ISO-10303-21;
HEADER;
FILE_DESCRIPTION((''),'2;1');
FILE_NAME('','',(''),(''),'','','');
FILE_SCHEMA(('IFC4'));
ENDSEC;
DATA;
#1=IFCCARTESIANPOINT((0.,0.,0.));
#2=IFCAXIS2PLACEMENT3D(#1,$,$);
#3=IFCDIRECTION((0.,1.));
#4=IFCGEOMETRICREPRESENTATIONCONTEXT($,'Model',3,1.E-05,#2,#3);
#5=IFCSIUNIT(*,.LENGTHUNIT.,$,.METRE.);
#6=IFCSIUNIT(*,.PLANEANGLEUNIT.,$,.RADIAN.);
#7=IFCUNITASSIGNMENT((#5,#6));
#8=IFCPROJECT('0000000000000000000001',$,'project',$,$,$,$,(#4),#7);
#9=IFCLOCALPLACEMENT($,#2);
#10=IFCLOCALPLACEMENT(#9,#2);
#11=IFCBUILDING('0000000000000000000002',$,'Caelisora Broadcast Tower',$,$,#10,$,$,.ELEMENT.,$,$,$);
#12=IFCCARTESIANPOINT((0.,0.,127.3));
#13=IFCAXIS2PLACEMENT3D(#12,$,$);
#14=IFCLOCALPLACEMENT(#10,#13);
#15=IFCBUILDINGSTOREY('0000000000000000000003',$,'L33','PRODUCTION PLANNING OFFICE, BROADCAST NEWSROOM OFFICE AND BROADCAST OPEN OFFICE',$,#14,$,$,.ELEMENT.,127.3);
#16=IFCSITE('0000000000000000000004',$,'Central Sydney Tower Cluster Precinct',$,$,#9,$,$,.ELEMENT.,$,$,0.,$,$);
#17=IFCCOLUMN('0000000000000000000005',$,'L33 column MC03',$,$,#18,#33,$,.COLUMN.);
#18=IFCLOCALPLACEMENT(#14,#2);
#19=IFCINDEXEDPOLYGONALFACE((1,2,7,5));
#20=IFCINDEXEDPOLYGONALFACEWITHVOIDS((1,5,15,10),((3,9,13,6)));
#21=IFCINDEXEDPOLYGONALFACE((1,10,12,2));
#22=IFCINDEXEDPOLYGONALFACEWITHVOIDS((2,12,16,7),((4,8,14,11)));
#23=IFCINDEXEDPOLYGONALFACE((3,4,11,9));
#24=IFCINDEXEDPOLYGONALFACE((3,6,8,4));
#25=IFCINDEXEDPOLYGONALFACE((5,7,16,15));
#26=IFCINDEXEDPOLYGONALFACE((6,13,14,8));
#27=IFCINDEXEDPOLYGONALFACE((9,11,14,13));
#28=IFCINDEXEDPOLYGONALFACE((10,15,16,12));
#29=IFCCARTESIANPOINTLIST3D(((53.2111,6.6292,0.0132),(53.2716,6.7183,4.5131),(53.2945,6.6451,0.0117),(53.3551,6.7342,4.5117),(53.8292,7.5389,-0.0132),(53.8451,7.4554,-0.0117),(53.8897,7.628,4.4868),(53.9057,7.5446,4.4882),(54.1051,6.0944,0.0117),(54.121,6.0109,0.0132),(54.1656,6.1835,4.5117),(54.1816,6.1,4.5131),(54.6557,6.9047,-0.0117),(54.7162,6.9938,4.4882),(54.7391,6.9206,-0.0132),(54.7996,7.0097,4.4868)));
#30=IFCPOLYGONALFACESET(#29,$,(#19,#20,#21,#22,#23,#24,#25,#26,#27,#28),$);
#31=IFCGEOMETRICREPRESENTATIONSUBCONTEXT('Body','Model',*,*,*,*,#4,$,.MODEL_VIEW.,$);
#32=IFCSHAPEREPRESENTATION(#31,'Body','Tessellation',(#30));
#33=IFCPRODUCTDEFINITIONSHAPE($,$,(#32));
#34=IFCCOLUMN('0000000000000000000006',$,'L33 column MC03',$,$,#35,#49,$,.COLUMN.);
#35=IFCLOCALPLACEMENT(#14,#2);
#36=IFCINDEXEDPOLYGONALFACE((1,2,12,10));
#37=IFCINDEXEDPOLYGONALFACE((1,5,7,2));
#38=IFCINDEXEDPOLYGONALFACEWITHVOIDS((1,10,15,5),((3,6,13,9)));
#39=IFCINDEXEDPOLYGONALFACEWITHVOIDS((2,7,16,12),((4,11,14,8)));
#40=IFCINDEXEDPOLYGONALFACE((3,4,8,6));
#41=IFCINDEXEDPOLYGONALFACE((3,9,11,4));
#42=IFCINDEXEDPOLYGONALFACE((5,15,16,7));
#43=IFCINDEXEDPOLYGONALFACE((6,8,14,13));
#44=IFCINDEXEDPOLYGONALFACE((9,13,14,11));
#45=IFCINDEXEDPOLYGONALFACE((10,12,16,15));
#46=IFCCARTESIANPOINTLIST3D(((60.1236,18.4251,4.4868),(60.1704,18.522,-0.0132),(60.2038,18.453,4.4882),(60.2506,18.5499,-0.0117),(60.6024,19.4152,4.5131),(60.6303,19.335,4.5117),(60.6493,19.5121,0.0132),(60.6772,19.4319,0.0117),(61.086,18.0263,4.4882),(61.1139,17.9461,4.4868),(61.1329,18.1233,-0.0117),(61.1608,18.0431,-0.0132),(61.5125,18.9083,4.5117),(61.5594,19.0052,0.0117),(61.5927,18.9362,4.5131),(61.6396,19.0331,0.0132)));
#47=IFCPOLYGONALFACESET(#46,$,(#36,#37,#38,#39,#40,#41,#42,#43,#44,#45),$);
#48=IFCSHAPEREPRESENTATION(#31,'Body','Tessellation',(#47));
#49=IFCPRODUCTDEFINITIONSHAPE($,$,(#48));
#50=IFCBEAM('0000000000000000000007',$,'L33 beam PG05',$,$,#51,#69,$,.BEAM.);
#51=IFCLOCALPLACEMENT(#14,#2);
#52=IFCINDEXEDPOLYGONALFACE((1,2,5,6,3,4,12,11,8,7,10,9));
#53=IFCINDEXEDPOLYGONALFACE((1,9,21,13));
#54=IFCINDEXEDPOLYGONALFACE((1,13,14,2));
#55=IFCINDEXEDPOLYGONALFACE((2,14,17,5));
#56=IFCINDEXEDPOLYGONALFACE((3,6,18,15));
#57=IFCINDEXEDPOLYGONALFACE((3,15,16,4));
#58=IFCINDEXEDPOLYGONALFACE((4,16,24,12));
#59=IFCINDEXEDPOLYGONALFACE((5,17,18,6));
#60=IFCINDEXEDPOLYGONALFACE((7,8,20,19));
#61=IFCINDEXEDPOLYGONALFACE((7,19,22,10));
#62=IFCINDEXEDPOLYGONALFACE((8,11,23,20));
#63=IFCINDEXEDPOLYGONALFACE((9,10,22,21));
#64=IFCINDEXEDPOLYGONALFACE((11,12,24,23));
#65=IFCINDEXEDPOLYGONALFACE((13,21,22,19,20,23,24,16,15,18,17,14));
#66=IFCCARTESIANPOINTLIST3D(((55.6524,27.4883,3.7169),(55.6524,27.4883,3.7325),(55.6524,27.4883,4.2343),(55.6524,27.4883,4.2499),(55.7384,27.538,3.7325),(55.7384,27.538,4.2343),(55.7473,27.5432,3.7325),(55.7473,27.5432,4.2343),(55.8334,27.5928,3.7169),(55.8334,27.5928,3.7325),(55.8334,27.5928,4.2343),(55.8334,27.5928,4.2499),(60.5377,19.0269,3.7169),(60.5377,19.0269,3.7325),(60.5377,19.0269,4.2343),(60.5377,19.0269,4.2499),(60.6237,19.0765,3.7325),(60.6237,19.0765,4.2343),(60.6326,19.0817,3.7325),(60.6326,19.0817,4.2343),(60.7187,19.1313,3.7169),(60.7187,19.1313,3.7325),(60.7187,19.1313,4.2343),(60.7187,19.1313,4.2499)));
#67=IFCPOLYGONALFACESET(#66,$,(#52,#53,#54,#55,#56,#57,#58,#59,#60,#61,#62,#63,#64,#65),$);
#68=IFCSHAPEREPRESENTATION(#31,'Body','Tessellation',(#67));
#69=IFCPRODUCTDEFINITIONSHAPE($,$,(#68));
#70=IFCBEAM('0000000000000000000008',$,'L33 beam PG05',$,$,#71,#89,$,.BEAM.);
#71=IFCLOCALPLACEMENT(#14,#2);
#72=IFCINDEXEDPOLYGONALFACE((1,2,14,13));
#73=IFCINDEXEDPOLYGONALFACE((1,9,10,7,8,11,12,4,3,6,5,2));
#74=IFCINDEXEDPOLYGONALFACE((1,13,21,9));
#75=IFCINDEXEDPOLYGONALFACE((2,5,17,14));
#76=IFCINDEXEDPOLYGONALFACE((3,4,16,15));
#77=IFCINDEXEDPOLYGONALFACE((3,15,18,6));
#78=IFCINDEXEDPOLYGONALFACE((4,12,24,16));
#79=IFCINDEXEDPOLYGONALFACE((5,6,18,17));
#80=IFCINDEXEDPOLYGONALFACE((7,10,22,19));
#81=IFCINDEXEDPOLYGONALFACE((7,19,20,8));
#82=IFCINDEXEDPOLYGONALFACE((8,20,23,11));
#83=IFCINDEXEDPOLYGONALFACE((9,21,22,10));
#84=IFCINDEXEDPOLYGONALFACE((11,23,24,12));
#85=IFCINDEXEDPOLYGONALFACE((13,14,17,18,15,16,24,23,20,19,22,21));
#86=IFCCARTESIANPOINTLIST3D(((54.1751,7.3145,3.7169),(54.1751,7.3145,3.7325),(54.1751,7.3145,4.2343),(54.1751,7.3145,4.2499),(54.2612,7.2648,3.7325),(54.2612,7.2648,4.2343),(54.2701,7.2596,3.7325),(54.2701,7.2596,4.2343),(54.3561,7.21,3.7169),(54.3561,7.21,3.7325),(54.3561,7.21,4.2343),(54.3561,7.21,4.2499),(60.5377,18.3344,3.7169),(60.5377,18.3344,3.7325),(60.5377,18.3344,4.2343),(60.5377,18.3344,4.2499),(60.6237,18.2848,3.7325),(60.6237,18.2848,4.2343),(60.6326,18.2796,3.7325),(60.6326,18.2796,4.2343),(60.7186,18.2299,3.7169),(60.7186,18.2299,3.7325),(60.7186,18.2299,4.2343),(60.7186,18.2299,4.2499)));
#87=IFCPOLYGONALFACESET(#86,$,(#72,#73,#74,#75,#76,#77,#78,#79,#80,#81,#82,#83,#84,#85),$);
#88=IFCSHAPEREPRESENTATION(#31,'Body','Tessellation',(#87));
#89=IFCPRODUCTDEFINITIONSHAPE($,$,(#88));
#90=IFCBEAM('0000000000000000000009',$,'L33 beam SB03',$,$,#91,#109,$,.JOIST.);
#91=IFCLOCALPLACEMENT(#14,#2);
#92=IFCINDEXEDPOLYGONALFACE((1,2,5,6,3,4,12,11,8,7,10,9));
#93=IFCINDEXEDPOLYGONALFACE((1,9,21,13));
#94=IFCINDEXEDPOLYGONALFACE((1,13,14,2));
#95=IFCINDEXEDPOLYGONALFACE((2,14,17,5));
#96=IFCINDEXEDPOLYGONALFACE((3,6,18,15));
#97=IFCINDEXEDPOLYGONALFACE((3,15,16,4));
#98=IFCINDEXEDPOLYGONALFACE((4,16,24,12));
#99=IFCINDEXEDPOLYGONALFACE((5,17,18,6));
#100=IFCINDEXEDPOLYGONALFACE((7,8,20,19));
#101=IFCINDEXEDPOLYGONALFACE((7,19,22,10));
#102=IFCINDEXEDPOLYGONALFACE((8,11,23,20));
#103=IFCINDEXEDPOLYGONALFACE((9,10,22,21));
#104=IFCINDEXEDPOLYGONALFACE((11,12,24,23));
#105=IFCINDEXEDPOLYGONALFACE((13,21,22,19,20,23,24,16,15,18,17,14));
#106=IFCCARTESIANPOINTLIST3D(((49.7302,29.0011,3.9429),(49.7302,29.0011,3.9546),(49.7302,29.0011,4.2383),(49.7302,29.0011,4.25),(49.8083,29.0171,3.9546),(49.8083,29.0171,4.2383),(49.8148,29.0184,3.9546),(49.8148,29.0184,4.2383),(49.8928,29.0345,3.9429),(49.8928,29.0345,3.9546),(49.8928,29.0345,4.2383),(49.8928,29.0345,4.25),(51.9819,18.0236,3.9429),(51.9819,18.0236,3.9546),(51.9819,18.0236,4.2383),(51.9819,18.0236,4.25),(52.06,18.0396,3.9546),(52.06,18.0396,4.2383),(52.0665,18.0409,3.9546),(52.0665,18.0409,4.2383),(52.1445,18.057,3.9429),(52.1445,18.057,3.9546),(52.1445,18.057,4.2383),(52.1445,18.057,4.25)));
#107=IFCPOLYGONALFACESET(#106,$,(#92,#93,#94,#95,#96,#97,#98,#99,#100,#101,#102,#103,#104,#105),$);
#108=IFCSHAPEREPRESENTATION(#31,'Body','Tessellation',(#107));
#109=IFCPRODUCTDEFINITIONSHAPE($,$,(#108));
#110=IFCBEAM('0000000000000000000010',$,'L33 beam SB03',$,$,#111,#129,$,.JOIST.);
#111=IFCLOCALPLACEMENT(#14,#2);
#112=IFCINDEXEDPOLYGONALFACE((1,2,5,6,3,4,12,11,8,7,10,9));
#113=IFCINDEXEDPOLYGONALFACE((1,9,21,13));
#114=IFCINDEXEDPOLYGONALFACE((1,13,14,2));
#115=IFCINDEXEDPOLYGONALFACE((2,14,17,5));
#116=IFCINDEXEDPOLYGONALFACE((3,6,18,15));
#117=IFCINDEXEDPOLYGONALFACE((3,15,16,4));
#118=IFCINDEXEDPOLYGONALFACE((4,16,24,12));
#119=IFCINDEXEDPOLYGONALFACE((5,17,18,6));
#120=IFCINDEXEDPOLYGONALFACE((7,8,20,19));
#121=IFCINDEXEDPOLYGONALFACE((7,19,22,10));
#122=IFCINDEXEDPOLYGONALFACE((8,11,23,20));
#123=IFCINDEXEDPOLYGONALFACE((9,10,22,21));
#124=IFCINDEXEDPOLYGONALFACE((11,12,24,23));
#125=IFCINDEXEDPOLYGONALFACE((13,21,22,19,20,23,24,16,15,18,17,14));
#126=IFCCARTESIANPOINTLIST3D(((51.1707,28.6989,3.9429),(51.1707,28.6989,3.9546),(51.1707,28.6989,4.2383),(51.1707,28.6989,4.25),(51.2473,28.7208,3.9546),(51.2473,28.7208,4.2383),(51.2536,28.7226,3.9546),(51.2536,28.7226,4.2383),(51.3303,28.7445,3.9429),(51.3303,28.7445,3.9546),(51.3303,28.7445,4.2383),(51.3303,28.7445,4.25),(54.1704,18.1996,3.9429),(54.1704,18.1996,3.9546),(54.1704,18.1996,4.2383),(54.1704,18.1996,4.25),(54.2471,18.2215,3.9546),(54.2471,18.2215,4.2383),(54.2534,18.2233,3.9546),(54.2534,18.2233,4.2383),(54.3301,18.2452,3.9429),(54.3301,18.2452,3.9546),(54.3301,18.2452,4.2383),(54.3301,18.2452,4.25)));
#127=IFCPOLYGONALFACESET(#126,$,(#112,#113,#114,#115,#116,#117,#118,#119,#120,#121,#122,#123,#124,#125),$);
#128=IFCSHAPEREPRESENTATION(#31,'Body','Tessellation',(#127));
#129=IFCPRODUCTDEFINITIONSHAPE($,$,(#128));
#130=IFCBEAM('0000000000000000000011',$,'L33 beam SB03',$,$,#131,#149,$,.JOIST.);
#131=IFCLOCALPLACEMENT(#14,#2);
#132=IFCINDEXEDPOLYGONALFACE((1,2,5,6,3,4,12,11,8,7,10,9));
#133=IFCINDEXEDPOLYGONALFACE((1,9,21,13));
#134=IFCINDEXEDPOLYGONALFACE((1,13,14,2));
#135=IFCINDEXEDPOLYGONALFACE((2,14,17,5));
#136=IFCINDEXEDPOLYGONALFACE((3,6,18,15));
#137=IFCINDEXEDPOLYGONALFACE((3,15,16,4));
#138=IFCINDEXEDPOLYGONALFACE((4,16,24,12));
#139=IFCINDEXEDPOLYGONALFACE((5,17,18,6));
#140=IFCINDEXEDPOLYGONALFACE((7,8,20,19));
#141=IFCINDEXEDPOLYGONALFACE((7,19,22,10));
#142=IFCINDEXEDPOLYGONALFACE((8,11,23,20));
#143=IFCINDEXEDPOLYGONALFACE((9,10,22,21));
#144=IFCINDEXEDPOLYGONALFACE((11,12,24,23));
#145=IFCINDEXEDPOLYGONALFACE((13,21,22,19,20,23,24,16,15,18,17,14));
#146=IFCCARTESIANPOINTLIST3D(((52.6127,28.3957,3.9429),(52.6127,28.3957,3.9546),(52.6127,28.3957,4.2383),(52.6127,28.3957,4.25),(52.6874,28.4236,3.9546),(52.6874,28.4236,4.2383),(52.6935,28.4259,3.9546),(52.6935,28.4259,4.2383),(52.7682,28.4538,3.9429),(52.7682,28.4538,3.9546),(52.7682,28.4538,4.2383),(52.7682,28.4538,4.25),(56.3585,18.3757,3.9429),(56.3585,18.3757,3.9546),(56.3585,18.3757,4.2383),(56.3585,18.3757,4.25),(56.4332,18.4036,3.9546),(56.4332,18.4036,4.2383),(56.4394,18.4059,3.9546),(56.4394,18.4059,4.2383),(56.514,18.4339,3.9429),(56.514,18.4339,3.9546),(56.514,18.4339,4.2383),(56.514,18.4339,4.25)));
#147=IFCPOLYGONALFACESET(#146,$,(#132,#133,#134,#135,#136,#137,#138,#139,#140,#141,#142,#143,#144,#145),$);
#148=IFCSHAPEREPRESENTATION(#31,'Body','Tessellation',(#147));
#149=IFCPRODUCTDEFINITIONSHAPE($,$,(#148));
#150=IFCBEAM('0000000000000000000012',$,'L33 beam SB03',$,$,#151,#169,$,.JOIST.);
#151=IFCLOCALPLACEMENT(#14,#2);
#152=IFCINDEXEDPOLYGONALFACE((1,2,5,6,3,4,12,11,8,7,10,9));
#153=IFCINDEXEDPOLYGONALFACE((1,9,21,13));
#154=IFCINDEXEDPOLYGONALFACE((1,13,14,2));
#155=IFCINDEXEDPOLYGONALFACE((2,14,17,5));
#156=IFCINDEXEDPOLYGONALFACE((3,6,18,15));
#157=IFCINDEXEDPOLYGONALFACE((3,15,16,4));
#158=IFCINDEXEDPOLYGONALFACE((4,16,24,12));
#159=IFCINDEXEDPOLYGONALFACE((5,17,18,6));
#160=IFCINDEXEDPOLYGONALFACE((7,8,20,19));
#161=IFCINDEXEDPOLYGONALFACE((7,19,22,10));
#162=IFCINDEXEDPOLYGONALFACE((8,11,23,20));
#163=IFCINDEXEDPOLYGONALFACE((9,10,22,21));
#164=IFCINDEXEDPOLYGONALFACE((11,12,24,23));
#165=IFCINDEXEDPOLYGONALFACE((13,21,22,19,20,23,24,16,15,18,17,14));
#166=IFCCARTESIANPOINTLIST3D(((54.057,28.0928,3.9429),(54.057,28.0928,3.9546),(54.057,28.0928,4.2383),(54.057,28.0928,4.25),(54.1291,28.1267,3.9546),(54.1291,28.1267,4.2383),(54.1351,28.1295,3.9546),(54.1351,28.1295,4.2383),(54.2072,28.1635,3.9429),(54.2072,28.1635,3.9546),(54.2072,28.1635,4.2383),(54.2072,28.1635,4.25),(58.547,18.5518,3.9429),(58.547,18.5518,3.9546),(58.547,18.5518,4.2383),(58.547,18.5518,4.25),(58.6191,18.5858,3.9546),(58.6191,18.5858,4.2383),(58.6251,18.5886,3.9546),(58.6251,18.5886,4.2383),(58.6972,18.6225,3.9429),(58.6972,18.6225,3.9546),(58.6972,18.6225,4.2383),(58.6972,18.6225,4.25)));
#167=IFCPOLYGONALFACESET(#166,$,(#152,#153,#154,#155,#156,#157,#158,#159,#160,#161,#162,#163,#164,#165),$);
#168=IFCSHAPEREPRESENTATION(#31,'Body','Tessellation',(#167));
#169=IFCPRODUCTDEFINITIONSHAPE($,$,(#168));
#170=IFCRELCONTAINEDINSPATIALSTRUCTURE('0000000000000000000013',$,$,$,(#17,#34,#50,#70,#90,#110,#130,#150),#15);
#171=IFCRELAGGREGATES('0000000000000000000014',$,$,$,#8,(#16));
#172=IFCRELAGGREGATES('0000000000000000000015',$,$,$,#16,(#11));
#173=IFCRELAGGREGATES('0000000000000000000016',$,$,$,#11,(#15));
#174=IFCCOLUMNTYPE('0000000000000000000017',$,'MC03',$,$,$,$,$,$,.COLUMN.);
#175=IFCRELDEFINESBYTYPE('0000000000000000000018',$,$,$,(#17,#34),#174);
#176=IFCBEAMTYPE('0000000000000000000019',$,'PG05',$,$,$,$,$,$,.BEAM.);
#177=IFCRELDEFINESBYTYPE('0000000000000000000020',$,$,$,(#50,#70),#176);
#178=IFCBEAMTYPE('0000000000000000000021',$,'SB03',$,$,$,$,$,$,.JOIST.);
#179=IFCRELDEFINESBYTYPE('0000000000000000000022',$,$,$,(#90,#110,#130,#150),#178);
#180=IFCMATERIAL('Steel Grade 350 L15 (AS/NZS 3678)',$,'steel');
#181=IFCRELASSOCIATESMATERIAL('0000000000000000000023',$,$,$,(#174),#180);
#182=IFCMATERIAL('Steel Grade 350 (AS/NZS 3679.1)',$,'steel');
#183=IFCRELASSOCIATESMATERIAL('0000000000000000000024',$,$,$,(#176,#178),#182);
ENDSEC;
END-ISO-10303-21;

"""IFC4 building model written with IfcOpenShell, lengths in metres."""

from ifc_helpers import new_model, si_unit, direction, frame, origin, origin_2d, place, context, subcontext, project, spatial, hollow_rectangle, i_section, extrude, source, transform, mapped, material, material_profile, profile_set, type_object, type_shapes, element, save


model = new_model("IFC4")

# Units and contexts
model_context = context("Model", 3, precision=1e-05, world=origin(), true_north=direction((0.0, 1.0)))
body_context = subcontext(model_context, "Body", "Model", "MODEL_VIEW")
ifc_project = project(units=[si_unit("LENGTHUNIT", "METRE"), si_unit("PLANEANGLEUNIT", "RADIAN")], contexts=[model_context])

# Site, building, storey
site_placement = place(None, origin())
site = spatial("IfcSite", under=ifc_project, at=site_placement, Name="Central Sydney Tower Cluster Precinct", CompositionType="ELEMENT", RefElevation=0.0)
building_placement = place(site_placement, origin())
building = spatial("IfcBuilding", under=site, at=building_placement, Name="Caelisora Broadcast Tower", CompositionType="ELEMENT")
storey_placement = place(building_placement, frame((0.0, 0.0, 127.3)))
storey = spatial("IfcBuildingStorey", under=building, at=storey_placement, Name="L33", Description="PRODUCTION PLANNING OFFICE, BROADCAST NEWSROOM OFFICE AND BROADCAST OPEN OFFICE", CompositionType="ELEMENT", Elevation=127.3)

# Columns
ifc_material_1 = material(Name="Steel Grade 350 L15 (AS/NZS 3678)", Category="steel")
ifc_material_profile_1 = material_profile(ifc_material_1, hollow_rectangle(XDim=1.1001, YDim=1.1001, WallThickness=0.0601, at=origin_2d()), Name="Steel Grade 350 L15 (AS/NZS 3678)")
ifc_profile_set_1 = profile_set([ifc_material_profile_1], Name="Steel Grade 350 L15 (AS/NZS 3678)")
column_type = type_object("IfcColumnType", Name="MC03", PredefinedType="COLUMN", material=ifc_profile_set_1)
shared_shape_1 = source(origin(), body_context, "Body", "SweptSolid", [
    extrude(hollow_rectangle(XDim=1.1001, YDim=1.1001, WallThickness=0.0601, at=origin_2d()), origin(), (0.0, 0.0, 1.0), 4.5012),
])
type_shapes(column_type, [shared_shape_1])
for number, where, z_axis, x_axis, name in (
    (1, (53.9751, 6.7749, 0.0), (0.013451, 0.019797, 0.999714), (-0.827137, 0.562, 0.0), "L33 column MC03"),
    (2, (60.905, 18.7776, 0.0), (-0.010414, -0.021532, 0.999714), (0.900245, -0.435383, 0.0), "L33 column MC03"),
):
    element("IfcColumn", number, at=place(storey_placement, frame(where, z_axis=z_axis, x_axis=x_axis)), inside=storey, type_object=column_type, Name=name, PredefinedType="COLUMN", context=body_context, shape_type="MappedRepresentation", body=[
        mapped(shared_shape_1, transform((0.0, 0.0, 0.0), scale=1.0)),
    ])

# Beams
ifc_material_2 = material(Name="Steel Grade 350 (AS/NZS 3679.1)", Category="steel")
ifc_material_profile_2 = material_profile(ifc_material_2, i_section(OverallWidth=0.209, OverallDepth=0.533, WebThickness=0.0103, FlangeThickness=0.0156, at=origin_2d()), Name="Steel Grade 350 (AS/NZS 3679.1)")
ifc_profile_set_2 = profile_set([ifc_material_profile_2], Name="Steel Grade 350 (AS/NZS 3679.1)")
beam_type_1 = type_object("IfcBeamType", Name="PG05", PredefinedType="BEAM", material=ifc_profile_set_2)
shared_shape_2 = source(origin(), body_context, "Body", "SweptSolid", [
    extrude(i_section(OverallWidth=0.209, OverallDepth=0.533, WebThickness=0.0103, FlangeThickness=0.0156, at=origin_2d()), origin(), (0.0, 0.0, 1.0), 9.7705),
])
beam_1_placement = place(storey_placement, frame((60.6282, 19.0791, 3.9834), z_axis=(-0.500004, 0.866023, 0.0), x_axis=(-0.866023, -0.500004, 0.0)))
element("IfcBeam", 3, at=beam_1_placement, inside=storey, type_object=beam_type_1, Name="L33 beam PG05", PredefinedType="BEAM", context=body_context, shape_type="MappedRepresentation", body=[
    mapped(shared_shape_2, transform((0.0, 0.0, 0.0), scale=1.0)),
])
shared_shape_3 = source(origin(), body_context, "Body", "SweptSolid", [
    extrude(i_section(OverallWidth=0.209, OverallDepth=0.533, WebThickness=0.0103, FlangeThickness=0.0156, at=origin_2d()), origin(), (0.0, 0.0, 1.0), 12.7249),
])
type_shapes(beam_type_1, [shared_shape_2, shared_shape_3])
beam_2_placement = place(storey_placement, frame((54.2656, 7.2622, 3.9834), z_axis=(0.500008, 0.866021, 0.0), x_axis=(-0.866021, 0.500008, 0.0)))
element("IfcBeam", 4, at=beam_2_placement, inside=storey, type_object=beam_type_1, Name="L33 beam PG05", PredefinedType="BEAM", context=body_context, shape_type="MappedRepresentation", body=[
    mapped(shared_shape_3, transform((0.0, 0.0, 0.0), scale=1.0)),
])
ifc_material_profile_3 = material_profile(ifc_material_2, i_section(OverallWidth=0.166, OverallDepth=0.3071, WebThickness=0.0066, FlangeThickness=0.0117, at=origin_2d()), Name="Steel Grade 350 (AS/NZS 3679.1)")
ifc_profile_set_3 = profile_set([ifc_material_profile_3], Name="Steel Grade 350 (AS/NZS 3679.1)")
beam_type_2 = type_object("IfcBeamType", Name="SB03", PredefinedType="JOIST", material=ifc_profile_set_3)
shared_shape_4 = source(origin(), body_context, "Body", "SweptSolid", [
    extrude(i_section(OverallWidth=0.166, OverallDepth=0.3071, WebThickness=0.0066, FlangeThickness=0.0117, at=origin_2d()), origin(), (0.0, 0.0, 1.0), 11.2061),
])
beam_3_placement = place(storey_placement, frame((52.0632, 18.0403, 4.0964), z_axis=(-0.200936, 0.979604, 0.0), x_axis=(-0.979604, -0.200936, 0.0)))
element("IfcBeam", 5, at=beam_3_placement, inside=storey, type_object=beam_type_2, Name="L33 beam SB03", PredefinedType="JOIST", context=body_context, shape_type="MappedRepresentation", body=[
    mapped(shared_shape_4, transform((0.0, 0.0, 0.0), scale=1.0)),
])
shared_shape_5 = source(origin(), body_context, "Body", "SweptSolid", [
    extrude(i_section(OverallWidth=0.166, OverallDepth=0.3071, WebThickness=0.0066, FlangeThickness=0.0117, at=origin_2d()), origin(), (0.0, 0.0, 1.0), 10.9194),
])
beam_4_placement = place(storey_placement, frame((54.2502, 18.2224, 4.0964), z_axis=(-0.274718, 0.961525, 0.0), x_axis=(-0.961525, -0.274718, 0.0)))
element("IfcBeam", 6, at=beam_4_placement, inside=storey, type_object=beam_type_2, Name="L33 beam SB03", PredefinedType="JOIST", context=body_context, shape_type="MappedRepresentation", body=[
    mapped(shared_shape_5, transform((0.0, 0.0, 0.0), scale=1.0)),
])
shared_shape_6 = source(origin(), body_context, "Body", "SweptSolid", [
    extrude(i_section(OverallWidth=0.166, OverallDepth=0.3071, WebThickness=0.0066, FlangeThickness=0.0117, at=origin_2d()), origin(), (0.0, 0.0, 1.0), 10.6973),
])
beam_5_placement = place(storey_placement, frame((56.4363, 18.4048, 4.0964), z_axis=(-0.350168, 0.936687, 0.0), x_axis=(-0.936687, -0.350168, 0.0)))
element("IfcBeam", 7, at=beam_5_placement, inside=storey, type_object=beam_type_2, Name="L33 beam SB03", PredefinedType="JOIST", context=body_context, shape_type="MappedRepresentation", body=[
    mapped(shared_shape_6, transform((0.0, 0.0, 0.0), scale=1.0)),
])
shared_shape_7 = source(origin(), body_context, "Body", "SweptSolid", [
    extrude(i_section(OverallWidth=0.166, OverallDepth=0.3071, WebThickness=0.0066, FlangeThickness=0.0117, at=origin_2d()), origin(), (0.0, 0.0, 1.0), 10.5447),
])
beam_6_placement = place(storey_placement, frame((58.6221, 18.5872, 4.0964), z_axis=(-0.425805, 0.904815, 0.0), x_axis=(-0.904815, -0.425805, 0.0)))
element("IfcBeam", 8, at=beam_6_placement, inside=storey, type_object=beam_type_2, Name="L33 beam SB03", PredefinedType="JOIST", context=body_context, shape_type="MappedRepresentation", body=[
    mapped(shared_shape_7, transform((0.0, 0.0, 0.0), scale=1.0)),
])

save(model, "model.ifc")
